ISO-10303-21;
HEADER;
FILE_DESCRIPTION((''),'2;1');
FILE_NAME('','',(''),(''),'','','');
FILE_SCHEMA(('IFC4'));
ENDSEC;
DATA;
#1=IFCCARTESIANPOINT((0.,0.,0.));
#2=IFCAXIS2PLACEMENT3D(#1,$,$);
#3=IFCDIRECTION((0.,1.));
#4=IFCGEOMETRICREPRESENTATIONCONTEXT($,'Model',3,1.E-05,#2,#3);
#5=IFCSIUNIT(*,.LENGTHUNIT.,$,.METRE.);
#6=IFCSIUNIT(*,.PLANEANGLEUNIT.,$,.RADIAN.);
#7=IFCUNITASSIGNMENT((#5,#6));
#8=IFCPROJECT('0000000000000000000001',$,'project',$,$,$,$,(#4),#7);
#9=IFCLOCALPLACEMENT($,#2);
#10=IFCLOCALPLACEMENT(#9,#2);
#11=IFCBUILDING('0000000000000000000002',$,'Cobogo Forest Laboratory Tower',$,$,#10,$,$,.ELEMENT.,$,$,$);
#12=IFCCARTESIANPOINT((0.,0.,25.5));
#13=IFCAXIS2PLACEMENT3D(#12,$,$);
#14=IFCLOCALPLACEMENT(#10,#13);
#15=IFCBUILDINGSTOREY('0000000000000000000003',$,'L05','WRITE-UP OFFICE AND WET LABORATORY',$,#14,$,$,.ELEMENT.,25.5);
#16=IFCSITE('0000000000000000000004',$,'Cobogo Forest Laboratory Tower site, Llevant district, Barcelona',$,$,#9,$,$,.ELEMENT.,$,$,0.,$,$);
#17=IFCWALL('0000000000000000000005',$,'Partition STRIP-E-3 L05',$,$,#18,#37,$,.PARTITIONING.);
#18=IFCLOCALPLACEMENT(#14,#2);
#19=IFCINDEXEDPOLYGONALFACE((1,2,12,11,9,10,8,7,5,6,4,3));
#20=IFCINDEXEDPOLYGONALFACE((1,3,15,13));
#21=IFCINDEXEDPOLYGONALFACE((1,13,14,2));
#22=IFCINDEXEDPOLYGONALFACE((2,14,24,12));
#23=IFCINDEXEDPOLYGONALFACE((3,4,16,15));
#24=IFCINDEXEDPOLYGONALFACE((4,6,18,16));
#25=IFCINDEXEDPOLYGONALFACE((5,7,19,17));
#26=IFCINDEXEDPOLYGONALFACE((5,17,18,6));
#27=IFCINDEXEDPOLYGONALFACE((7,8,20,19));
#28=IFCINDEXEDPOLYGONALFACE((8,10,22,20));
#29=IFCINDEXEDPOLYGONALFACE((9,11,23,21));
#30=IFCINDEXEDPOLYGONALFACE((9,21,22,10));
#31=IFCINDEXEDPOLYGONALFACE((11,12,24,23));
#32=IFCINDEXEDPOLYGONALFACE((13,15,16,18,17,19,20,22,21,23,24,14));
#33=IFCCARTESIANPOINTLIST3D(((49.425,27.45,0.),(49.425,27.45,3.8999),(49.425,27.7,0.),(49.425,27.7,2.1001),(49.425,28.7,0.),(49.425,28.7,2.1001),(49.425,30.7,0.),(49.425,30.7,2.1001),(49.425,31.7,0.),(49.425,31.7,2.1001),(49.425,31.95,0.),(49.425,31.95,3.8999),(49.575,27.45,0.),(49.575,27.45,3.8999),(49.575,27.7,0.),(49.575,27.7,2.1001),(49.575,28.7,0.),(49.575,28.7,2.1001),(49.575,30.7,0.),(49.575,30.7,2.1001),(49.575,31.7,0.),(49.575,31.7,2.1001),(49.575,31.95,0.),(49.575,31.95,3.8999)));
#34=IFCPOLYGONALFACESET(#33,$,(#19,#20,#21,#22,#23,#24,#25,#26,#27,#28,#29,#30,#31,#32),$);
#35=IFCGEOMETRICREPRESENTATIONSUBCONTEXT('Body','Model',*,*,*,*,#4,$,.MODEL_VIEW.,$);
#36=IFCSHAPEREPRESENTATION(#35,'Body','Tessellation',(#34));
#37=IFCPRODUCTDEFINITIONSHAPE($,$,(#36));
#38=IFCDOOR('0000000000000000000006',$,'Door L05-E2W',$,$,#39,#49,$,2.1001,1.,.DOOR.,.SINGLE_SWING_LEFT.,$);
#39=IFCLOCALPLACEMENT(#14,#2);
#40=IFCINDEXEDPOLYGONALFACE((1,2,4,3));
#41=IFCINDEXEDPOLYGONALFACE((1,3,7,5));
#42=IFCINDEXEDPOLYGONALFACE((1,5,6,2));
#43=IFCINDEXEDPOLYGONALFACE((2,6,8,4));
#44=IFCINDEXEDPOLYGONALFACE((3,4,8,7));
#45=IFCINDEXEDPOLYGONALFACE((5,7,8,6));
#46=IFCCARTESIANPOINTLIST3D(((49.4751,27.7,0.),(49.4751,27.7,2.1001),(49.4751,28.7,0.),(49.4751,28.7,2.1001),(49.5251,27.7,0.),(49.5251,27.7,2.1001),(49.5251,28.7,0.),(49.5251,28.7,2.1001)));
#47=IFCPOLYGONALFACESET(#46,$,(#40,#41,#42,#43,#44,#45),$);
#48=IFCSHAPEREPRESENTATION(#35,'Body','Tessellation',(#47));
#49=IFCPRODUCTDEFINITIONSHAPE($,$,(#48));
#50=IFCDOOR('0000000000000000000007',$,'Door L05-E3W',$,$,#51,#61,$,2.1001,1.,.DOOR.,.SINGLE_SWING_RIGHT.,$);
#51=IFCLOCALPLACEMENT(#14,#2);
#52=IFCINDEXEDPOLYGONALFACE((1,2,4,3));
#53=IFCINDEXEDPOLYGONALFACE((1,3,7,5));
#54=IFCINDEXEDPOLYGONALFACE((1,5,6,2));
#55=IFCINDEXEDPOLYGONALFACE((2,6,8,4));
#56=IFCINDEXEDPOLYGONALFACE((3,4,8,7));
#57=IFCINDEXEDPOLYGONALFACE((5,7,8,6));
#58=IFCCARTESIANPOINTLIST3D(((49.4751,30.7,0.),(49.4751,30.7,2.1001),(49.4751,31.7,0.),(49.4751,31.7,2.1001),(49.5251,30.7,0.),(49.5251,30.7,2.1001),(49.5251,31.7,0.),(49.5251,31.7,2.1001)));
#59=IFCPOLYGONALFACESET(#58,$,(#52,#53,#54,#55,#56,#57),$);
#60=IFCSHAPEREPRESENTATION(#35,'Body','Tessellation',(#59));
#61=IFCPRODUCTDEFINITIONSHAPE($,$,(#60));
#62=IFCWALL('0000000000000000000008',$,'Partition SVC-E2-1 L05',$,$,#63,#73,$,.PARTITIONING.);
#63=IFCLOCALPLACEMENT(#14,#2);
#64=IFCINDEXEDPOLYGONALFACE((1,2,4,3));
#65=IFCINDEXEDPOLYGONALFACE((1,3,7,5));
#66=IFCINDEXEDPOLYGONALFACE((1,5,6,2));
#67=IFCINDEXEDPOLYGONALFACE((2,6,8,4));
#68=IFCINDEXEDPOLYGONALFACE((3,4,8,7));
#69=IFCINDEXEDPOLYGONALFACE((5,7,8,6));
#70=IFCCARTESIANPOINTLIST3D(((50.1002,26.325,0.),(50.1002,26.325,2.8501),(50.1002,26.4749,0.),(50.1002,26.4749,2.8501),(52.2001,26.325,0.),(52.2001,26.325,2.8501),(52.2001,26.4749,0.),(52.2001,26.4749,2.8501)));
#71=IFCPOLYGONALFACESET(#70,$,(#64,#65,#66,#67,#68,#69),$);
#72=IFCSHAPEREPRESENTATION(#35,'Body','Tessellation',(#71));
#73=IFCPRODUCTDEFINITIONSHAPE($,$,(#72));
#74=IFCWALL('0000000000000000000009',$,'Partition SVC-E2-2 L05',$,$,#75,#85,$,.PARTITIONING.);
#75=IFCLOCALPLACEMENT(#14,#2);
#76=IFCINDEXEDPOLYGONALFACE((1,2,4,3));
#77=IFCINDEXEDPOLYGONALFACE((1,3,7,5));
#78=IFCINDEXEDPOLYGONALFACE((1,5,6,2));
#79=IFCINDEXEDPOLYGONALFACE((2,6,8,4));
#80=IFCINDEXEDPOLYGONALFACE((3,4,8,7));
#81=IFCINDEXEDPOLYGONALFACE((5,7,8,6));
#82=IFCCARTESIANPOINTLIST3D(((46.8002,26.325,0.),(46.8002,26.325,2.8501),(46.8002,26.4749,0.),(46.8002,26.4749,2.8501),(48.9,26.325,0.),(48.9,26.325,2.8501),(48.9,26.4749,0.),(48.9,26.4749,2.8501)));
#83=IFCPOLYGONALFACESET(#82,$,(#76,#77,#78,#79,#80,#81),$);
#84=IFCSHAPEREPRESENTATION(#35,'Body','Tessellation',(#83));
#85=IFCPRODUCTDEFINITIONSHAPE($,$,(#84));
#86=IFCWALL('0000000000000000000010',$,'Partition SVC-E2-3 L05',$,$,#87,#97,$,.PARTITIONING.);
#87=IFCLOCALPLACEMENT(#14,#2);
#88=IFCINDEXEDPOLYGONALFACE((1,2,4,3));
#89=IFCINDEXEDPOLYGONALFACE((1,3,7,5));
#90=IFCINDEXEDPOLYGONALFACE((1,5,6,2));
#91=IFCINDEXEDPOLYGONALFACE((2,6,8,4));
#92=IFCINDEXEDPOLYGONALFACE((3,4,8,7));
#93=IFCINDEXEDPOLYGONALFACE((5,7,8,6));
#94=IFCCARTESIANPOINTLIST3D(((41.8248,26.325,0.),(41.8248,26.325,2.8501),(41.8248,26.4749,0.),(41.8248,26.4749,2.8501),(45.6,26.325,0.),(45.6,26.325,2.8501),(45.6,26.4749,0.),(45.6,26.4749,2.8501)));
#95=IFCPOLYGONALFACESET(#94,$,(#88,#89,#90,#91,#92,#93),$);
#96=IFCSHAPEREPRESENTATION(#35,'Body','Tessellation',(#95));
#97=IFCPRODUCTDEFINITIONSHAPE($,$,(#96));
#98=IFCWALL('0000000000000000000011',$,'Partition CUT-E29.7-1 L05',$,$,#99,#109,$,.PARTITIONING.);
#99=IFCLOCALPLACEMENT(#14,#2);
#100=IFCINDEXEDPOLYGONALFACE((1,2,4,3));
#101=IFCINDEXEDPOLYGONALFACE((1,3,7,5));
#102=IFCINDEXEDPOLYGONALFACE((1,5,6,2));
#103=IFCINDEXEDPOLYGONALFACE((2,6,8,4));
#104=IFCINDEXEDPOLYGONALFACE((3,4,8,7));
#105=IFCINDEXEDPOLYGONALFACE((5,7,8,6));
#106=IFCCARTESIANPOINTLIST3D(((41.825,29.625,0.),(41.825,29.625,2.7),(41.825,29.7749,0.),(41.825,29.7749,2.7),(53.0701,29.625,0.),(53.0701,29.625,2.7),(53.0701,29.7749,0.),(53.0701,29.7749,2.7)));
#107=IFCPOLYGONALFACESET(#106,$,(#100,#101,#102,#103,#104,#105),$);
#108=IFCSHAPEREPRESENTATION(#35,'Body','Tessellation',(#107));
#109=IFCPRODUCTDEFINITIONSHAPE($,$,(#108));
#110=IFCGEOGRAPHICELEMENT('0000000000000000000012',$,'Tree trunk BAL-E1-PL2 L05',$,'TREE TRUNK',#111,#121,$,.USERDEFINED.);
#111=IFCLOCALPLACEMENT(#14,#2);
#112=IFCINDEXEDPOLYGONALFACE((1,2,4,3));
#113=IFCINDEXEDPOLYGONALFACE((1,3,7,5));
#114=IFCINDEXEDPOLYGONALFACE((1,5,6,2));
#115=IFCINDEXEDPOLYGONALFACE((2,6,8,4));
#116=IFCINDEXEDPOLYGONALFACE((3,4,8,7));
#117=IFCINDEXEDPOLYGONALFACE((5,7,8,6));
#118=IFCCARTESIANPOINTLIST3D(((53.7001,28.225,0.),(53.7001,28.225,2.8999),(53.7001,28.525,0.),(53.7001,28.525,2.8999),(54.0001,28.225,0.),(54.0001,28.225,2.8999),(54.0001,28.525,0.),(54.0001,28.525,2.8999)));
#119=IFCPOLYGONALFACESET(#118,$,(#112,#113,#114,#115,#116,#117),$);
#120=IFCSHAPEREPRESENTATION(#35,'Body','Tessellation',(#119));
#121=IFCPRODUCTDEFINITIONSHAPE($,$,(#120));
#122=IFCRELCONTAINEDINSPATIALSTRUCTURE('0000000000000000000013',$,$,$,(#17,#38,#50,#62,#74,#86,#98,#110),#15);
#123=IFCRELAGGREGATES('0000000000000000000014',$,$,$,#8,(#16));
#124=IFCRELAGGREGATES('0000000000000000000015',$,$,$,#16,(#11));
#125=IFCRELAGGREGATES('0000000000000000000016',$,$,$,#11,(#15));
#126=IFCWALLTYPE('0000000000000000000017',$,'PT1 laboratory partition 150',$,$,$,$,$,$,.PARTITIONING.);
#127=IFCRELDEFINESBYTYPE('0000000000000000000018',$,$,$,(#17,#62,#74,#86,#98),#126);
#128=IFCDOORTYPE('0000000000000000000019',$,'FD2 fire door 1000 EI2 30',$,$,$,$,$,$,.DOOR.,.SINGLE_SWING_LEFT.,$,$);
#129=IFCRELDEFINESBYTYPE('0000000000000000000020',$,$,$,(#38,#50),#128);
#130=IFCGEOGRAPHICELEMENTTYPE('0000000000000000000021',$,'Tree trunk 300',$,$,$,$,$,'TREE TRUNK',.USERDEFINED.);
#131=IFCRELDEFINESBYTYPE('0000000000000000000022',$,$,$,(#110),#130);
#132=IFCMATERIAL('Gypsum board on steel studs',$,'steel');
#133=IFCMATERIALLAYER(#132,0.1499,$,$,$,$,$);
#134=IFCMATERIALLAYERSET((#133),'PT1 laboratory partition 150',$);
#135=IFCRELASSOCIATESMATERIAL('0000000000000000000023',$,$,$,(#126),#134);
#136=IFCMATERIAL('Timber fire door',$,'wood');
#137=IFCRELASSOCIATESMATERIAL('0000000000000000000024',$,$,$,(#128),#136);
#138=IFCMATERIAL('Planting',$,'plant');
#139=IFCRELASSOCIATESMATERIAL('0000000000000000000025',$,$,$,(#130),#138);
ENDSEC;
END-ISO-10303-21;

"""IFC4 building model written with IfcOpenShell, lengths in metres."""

from ifc_helpers import new_model, si_unit, direction, frame, frame_2d, origin, origin_2d, place, context, subcontext, project, spatial, rectangle, extrude, material, layer, layer_set, type_object, element, fill, save


model = new_model("IFC4")

# Units and contexts
model_context = context("Model", 3, precision=1e-05, world=origin(), true_north=direction((0.0, 1.0)))
body_context = subcontext(model_context, "Body", "Model", "MODEL_VIEW")
ifc_project = project(units=[si_unit("LENGTHUNIT", "METRE"), si_unit("PLANEANGLEUNIT", "RADIAN")], contexts=[model_context])

# Site, building, storey
site_placement = place(None, origin())
site = spatial("IfcSite", under=ifc_project, at=site_placement, Name="Cobogo Forest Laboratory Tower site, Llevant district, Barcelona", CompositionType="ELEMENT", RefElevation=0.0)
building_placement = place(site_placement, origin())
building = spatial("IfcBuilding", under=site, at=building_placement, Name="Cobogo Forest Laboratory Tower", CompositionType="ELEMENT")
storey_placement = place(building_placement, frame((0.0, 0.0, 25.5)))
storey = spatial("IfcBuildingStorey", under=building, at=storey_placement, Name="L05", Description="WRITE-UP OFFICE AND WET LABORATORY", CompositionType="ELEMENT", Elevation=25.5)

# Wall, openings, doors
ifc_material_1 = material(Name="Gypsum board on steel studs", Category="steel")
ifc_layer_1 = layer(ifc_material_1, 0.1499)
ifc_layer_set_1 = layer_set([ifc_layer_1], Name="PT1 laboratory partition 150")
wall_type = type_object("IfcWallType", Name="PT1 laboratory partition 150", PredefinedType="PARTITIONING", material=ifc_layer_set_1)
wall_1_placement = place(storey_placement, frame((49.5, 27.45, 0.0), z_axis=(0.0, 0.0, 1.0), x_axis=(0.0, 1.0, 0.0)))
wall_1 = element("IfcWall", 1, at=wall_1_placement, inside=storey, type_object=wall_type, Name="Partition STRIP-E-3 L05", PredefinedType="PARTITIONING", context=body_context, shape_type="SweptSolid", body=[
    extrude(rectangle(XDim=4.5, YDim=0.1499, at=frame_2d((2.25, 0.0))), origin(), (0.0, 0.0, 1.0), 3.8999),
])
opening_1_placement = place(wall_1_placement, frame((0.25, 0.0, 0.0)))
opening_1 = element("IfcOpeningElement", 2, at=opening_1_placement, cuts=wall_1, PredefinedType="OPENING", context=body_context, shape_type="SweptSolid", body=[
    extrude(rectangle(XDim=1.0, YDim=2.1001, at=frame_2d((0.5, 1.05))), frame((0.0, 0.085, 0.0), z_axis=(0.0, -1.0, 0.0), x_axis=(1.0, 0.0, 0.0)), (0.0, 0.0, 1.0), 0.1699),
])
opening_2_placement = place(wall_1_placement, frame((3.25, 0.0, 0.0)))
opening_2 = element("IfcOpeningElement", 3, at=opening_2_placement, cuts=wall_1, PredefinedType="OPENING", context=body_context, shape_type="SweptSolid", body=[
    extrude(rectangle(XDim=1.0, YDim=2.1001, at=frame_2d((0.5, 1.05))), frame((0.0, 0.085, 0.0), z_axis=(0.0, -1.0, 0.0), x_axis=(1.0, 0.0, 0.0)), (0.0, 0.0, 1.0), 0.1699),
])
ifc_material_2 = material(Name="Timber fire door", Category="wood")
door_type = type_object("IfcDoorType", Name="FD2 fire door 1000 EI2 30", OperationType="SINGLE_SWING_LEFT", PredefinedType="DOOR", material=ifc_material_2)
door_1_placement = place(opening_1_placement, origin())
door_1 = element("IfcDoor", 4, at=door_1_placement, inside=storey, type_object=door_type, Name="Door L05-E2W", OperationType="SINGLE_SWING_LEFT", OverallHeight=2.1001, OverallWidth=1.0, PredefinedType="DOOR", context=body_context, shape_type="SweptSolid", body=[
    extrude(rectangle(XDim=1.0, YDim=2.1001, at=frame_2d((0.5, 1.05))), frame((0.0, 0.0249, 0.0), z_axis=(0.0, -1.0, 0.0), x_axis=(1.0, 0.0, 0.0)), (0.0, 0.0, 1.0), 0.05),
])
fill(opening_1, door_1)
door_2_placement = place(opening_2_placement, origin())
door_2 = element("IfcDoor", 5, at=door_2_placement, inside=storey, type_object=door_type, Name="Door L05-E3W", OperationType="SINGLE_SWING_RIGHT", OverallHeight=2.1001, OverallWidth=1.0, PredefinedType="DOOR", context=body_context, shape_type="SweptSolid", body=[
    extrude(rectangle(XDim=1.0, YDim=2.1001, at=frame_2d((0.5, 1.05))), frame((0.0, 0.0249, 0.0), z_axis=(0.0, -1.0, 0.0), x_axis=(1.0, 0.0, 0.0)), (0.0, 0.0, 1.0), 0.05),
])
fill(opening_2, door_2)

# Walls
for number, where, z_axis, x_axis, name in (
    (6, (52.2, 26.3999, 0.0), (0.0, 0.0, 1.0), (-1.0, 0.0, 0.0), "Partition SVC-E2-1 L05"),
    (7, (48.8999, 26.3999, 0.0), (0.0, 0.0, 1.0), (-1.0, 0.0, 0.0), "Partition SVC-E2-2 L05"),
):
    element("IfcWall", number, at=place(storey_placement, frame(where, z_axis=z_axis, x_axis=x_axis)), inside=storey, type_object=wall_type, Name=name, PredefinedType="PARTITIONING", context=body_context, shape_type="SweptSolid", body=[
        extrude(rectangle(XDim=2.0999, YDim=0.1499, at=frame_2d((1.0498, 0.0))), origin(), (0.0, 0.0, 1.0), 2.8501),
    ])
wall_2_placement = place(storey_placement, frame((45.6001, 26.3999, 0.0), z_axis=(0.0, 0.0, 1.0), x_axis=(-1.0, 0.0, 0.0)))
element("IfcWall", 8, at=wall_2_placement, inside=storey, type_object=wall_type, Name="Partition SVC-E2-3 L05", PredefinedType="PARTITIONING", context=body_context, shape_type="SweptSolid", body=[
    extrude(rectangle(XDim=3.7751, YDim=0.1499, at=frame_2d((1.8877, 0.0))), origin(), (0.0, 0.0, 1.0), 2.8501),
])
wall_3_placement = place(storey_placement, frame((53.0701, 29.7, 0.0), z_axis=(0.0, 0.0, 1.0), x_axis=(-1.0, 0.0, 0.0)))
element("IfcWall", 9, at=wall_3_placement, inside=storey, type_object=wall_type, Name="Partition CUT-E29.7-1 L05", PredefinedType="PARTITIONING", context=body_context, shape_type="SweptSolid", body=[
    extrude(rectangle(XDim=11.2451, YDim=0.1499, at=frame_2d((5.6226, 0.0))), origin(), (0.0, 0.0, 1.0), 2.7),
])

# Geographic element
ifc_material_3 = material(Name="Planting", Category="plant")
geographic_element_type = type_object("IfcGeographicElementType", Name="Tree trunk 300", ElementType="TREE TRUNK", PredefinedType="USERDEFINED", material=ifc_material_3)
geographic_element_placement = place(storey_placement, frame((53.8501, 28.375, 0.0), z_axis=(0.0, 0.0, 1.0), x_axis=(1.0, 0.0, 0.0)))
element("IfcGeographicElement", 10, at=geographic_element_placement, inside=storey, type_object=geographic_element_type, Name="Tree trunk BAL-E1-PL2 L05", ObjectType="TREE TRUNK", PredefinedType="USERDEFINED", context=body_context, shape_type="SweptSolid", body=[
    extrude(rectangle(XDim=0.3, YDim=0.3, at=origin_2d()), origin(), (0.0, 0.0, 1.0), 2.8999),
])

save(model, "model.ifc")
